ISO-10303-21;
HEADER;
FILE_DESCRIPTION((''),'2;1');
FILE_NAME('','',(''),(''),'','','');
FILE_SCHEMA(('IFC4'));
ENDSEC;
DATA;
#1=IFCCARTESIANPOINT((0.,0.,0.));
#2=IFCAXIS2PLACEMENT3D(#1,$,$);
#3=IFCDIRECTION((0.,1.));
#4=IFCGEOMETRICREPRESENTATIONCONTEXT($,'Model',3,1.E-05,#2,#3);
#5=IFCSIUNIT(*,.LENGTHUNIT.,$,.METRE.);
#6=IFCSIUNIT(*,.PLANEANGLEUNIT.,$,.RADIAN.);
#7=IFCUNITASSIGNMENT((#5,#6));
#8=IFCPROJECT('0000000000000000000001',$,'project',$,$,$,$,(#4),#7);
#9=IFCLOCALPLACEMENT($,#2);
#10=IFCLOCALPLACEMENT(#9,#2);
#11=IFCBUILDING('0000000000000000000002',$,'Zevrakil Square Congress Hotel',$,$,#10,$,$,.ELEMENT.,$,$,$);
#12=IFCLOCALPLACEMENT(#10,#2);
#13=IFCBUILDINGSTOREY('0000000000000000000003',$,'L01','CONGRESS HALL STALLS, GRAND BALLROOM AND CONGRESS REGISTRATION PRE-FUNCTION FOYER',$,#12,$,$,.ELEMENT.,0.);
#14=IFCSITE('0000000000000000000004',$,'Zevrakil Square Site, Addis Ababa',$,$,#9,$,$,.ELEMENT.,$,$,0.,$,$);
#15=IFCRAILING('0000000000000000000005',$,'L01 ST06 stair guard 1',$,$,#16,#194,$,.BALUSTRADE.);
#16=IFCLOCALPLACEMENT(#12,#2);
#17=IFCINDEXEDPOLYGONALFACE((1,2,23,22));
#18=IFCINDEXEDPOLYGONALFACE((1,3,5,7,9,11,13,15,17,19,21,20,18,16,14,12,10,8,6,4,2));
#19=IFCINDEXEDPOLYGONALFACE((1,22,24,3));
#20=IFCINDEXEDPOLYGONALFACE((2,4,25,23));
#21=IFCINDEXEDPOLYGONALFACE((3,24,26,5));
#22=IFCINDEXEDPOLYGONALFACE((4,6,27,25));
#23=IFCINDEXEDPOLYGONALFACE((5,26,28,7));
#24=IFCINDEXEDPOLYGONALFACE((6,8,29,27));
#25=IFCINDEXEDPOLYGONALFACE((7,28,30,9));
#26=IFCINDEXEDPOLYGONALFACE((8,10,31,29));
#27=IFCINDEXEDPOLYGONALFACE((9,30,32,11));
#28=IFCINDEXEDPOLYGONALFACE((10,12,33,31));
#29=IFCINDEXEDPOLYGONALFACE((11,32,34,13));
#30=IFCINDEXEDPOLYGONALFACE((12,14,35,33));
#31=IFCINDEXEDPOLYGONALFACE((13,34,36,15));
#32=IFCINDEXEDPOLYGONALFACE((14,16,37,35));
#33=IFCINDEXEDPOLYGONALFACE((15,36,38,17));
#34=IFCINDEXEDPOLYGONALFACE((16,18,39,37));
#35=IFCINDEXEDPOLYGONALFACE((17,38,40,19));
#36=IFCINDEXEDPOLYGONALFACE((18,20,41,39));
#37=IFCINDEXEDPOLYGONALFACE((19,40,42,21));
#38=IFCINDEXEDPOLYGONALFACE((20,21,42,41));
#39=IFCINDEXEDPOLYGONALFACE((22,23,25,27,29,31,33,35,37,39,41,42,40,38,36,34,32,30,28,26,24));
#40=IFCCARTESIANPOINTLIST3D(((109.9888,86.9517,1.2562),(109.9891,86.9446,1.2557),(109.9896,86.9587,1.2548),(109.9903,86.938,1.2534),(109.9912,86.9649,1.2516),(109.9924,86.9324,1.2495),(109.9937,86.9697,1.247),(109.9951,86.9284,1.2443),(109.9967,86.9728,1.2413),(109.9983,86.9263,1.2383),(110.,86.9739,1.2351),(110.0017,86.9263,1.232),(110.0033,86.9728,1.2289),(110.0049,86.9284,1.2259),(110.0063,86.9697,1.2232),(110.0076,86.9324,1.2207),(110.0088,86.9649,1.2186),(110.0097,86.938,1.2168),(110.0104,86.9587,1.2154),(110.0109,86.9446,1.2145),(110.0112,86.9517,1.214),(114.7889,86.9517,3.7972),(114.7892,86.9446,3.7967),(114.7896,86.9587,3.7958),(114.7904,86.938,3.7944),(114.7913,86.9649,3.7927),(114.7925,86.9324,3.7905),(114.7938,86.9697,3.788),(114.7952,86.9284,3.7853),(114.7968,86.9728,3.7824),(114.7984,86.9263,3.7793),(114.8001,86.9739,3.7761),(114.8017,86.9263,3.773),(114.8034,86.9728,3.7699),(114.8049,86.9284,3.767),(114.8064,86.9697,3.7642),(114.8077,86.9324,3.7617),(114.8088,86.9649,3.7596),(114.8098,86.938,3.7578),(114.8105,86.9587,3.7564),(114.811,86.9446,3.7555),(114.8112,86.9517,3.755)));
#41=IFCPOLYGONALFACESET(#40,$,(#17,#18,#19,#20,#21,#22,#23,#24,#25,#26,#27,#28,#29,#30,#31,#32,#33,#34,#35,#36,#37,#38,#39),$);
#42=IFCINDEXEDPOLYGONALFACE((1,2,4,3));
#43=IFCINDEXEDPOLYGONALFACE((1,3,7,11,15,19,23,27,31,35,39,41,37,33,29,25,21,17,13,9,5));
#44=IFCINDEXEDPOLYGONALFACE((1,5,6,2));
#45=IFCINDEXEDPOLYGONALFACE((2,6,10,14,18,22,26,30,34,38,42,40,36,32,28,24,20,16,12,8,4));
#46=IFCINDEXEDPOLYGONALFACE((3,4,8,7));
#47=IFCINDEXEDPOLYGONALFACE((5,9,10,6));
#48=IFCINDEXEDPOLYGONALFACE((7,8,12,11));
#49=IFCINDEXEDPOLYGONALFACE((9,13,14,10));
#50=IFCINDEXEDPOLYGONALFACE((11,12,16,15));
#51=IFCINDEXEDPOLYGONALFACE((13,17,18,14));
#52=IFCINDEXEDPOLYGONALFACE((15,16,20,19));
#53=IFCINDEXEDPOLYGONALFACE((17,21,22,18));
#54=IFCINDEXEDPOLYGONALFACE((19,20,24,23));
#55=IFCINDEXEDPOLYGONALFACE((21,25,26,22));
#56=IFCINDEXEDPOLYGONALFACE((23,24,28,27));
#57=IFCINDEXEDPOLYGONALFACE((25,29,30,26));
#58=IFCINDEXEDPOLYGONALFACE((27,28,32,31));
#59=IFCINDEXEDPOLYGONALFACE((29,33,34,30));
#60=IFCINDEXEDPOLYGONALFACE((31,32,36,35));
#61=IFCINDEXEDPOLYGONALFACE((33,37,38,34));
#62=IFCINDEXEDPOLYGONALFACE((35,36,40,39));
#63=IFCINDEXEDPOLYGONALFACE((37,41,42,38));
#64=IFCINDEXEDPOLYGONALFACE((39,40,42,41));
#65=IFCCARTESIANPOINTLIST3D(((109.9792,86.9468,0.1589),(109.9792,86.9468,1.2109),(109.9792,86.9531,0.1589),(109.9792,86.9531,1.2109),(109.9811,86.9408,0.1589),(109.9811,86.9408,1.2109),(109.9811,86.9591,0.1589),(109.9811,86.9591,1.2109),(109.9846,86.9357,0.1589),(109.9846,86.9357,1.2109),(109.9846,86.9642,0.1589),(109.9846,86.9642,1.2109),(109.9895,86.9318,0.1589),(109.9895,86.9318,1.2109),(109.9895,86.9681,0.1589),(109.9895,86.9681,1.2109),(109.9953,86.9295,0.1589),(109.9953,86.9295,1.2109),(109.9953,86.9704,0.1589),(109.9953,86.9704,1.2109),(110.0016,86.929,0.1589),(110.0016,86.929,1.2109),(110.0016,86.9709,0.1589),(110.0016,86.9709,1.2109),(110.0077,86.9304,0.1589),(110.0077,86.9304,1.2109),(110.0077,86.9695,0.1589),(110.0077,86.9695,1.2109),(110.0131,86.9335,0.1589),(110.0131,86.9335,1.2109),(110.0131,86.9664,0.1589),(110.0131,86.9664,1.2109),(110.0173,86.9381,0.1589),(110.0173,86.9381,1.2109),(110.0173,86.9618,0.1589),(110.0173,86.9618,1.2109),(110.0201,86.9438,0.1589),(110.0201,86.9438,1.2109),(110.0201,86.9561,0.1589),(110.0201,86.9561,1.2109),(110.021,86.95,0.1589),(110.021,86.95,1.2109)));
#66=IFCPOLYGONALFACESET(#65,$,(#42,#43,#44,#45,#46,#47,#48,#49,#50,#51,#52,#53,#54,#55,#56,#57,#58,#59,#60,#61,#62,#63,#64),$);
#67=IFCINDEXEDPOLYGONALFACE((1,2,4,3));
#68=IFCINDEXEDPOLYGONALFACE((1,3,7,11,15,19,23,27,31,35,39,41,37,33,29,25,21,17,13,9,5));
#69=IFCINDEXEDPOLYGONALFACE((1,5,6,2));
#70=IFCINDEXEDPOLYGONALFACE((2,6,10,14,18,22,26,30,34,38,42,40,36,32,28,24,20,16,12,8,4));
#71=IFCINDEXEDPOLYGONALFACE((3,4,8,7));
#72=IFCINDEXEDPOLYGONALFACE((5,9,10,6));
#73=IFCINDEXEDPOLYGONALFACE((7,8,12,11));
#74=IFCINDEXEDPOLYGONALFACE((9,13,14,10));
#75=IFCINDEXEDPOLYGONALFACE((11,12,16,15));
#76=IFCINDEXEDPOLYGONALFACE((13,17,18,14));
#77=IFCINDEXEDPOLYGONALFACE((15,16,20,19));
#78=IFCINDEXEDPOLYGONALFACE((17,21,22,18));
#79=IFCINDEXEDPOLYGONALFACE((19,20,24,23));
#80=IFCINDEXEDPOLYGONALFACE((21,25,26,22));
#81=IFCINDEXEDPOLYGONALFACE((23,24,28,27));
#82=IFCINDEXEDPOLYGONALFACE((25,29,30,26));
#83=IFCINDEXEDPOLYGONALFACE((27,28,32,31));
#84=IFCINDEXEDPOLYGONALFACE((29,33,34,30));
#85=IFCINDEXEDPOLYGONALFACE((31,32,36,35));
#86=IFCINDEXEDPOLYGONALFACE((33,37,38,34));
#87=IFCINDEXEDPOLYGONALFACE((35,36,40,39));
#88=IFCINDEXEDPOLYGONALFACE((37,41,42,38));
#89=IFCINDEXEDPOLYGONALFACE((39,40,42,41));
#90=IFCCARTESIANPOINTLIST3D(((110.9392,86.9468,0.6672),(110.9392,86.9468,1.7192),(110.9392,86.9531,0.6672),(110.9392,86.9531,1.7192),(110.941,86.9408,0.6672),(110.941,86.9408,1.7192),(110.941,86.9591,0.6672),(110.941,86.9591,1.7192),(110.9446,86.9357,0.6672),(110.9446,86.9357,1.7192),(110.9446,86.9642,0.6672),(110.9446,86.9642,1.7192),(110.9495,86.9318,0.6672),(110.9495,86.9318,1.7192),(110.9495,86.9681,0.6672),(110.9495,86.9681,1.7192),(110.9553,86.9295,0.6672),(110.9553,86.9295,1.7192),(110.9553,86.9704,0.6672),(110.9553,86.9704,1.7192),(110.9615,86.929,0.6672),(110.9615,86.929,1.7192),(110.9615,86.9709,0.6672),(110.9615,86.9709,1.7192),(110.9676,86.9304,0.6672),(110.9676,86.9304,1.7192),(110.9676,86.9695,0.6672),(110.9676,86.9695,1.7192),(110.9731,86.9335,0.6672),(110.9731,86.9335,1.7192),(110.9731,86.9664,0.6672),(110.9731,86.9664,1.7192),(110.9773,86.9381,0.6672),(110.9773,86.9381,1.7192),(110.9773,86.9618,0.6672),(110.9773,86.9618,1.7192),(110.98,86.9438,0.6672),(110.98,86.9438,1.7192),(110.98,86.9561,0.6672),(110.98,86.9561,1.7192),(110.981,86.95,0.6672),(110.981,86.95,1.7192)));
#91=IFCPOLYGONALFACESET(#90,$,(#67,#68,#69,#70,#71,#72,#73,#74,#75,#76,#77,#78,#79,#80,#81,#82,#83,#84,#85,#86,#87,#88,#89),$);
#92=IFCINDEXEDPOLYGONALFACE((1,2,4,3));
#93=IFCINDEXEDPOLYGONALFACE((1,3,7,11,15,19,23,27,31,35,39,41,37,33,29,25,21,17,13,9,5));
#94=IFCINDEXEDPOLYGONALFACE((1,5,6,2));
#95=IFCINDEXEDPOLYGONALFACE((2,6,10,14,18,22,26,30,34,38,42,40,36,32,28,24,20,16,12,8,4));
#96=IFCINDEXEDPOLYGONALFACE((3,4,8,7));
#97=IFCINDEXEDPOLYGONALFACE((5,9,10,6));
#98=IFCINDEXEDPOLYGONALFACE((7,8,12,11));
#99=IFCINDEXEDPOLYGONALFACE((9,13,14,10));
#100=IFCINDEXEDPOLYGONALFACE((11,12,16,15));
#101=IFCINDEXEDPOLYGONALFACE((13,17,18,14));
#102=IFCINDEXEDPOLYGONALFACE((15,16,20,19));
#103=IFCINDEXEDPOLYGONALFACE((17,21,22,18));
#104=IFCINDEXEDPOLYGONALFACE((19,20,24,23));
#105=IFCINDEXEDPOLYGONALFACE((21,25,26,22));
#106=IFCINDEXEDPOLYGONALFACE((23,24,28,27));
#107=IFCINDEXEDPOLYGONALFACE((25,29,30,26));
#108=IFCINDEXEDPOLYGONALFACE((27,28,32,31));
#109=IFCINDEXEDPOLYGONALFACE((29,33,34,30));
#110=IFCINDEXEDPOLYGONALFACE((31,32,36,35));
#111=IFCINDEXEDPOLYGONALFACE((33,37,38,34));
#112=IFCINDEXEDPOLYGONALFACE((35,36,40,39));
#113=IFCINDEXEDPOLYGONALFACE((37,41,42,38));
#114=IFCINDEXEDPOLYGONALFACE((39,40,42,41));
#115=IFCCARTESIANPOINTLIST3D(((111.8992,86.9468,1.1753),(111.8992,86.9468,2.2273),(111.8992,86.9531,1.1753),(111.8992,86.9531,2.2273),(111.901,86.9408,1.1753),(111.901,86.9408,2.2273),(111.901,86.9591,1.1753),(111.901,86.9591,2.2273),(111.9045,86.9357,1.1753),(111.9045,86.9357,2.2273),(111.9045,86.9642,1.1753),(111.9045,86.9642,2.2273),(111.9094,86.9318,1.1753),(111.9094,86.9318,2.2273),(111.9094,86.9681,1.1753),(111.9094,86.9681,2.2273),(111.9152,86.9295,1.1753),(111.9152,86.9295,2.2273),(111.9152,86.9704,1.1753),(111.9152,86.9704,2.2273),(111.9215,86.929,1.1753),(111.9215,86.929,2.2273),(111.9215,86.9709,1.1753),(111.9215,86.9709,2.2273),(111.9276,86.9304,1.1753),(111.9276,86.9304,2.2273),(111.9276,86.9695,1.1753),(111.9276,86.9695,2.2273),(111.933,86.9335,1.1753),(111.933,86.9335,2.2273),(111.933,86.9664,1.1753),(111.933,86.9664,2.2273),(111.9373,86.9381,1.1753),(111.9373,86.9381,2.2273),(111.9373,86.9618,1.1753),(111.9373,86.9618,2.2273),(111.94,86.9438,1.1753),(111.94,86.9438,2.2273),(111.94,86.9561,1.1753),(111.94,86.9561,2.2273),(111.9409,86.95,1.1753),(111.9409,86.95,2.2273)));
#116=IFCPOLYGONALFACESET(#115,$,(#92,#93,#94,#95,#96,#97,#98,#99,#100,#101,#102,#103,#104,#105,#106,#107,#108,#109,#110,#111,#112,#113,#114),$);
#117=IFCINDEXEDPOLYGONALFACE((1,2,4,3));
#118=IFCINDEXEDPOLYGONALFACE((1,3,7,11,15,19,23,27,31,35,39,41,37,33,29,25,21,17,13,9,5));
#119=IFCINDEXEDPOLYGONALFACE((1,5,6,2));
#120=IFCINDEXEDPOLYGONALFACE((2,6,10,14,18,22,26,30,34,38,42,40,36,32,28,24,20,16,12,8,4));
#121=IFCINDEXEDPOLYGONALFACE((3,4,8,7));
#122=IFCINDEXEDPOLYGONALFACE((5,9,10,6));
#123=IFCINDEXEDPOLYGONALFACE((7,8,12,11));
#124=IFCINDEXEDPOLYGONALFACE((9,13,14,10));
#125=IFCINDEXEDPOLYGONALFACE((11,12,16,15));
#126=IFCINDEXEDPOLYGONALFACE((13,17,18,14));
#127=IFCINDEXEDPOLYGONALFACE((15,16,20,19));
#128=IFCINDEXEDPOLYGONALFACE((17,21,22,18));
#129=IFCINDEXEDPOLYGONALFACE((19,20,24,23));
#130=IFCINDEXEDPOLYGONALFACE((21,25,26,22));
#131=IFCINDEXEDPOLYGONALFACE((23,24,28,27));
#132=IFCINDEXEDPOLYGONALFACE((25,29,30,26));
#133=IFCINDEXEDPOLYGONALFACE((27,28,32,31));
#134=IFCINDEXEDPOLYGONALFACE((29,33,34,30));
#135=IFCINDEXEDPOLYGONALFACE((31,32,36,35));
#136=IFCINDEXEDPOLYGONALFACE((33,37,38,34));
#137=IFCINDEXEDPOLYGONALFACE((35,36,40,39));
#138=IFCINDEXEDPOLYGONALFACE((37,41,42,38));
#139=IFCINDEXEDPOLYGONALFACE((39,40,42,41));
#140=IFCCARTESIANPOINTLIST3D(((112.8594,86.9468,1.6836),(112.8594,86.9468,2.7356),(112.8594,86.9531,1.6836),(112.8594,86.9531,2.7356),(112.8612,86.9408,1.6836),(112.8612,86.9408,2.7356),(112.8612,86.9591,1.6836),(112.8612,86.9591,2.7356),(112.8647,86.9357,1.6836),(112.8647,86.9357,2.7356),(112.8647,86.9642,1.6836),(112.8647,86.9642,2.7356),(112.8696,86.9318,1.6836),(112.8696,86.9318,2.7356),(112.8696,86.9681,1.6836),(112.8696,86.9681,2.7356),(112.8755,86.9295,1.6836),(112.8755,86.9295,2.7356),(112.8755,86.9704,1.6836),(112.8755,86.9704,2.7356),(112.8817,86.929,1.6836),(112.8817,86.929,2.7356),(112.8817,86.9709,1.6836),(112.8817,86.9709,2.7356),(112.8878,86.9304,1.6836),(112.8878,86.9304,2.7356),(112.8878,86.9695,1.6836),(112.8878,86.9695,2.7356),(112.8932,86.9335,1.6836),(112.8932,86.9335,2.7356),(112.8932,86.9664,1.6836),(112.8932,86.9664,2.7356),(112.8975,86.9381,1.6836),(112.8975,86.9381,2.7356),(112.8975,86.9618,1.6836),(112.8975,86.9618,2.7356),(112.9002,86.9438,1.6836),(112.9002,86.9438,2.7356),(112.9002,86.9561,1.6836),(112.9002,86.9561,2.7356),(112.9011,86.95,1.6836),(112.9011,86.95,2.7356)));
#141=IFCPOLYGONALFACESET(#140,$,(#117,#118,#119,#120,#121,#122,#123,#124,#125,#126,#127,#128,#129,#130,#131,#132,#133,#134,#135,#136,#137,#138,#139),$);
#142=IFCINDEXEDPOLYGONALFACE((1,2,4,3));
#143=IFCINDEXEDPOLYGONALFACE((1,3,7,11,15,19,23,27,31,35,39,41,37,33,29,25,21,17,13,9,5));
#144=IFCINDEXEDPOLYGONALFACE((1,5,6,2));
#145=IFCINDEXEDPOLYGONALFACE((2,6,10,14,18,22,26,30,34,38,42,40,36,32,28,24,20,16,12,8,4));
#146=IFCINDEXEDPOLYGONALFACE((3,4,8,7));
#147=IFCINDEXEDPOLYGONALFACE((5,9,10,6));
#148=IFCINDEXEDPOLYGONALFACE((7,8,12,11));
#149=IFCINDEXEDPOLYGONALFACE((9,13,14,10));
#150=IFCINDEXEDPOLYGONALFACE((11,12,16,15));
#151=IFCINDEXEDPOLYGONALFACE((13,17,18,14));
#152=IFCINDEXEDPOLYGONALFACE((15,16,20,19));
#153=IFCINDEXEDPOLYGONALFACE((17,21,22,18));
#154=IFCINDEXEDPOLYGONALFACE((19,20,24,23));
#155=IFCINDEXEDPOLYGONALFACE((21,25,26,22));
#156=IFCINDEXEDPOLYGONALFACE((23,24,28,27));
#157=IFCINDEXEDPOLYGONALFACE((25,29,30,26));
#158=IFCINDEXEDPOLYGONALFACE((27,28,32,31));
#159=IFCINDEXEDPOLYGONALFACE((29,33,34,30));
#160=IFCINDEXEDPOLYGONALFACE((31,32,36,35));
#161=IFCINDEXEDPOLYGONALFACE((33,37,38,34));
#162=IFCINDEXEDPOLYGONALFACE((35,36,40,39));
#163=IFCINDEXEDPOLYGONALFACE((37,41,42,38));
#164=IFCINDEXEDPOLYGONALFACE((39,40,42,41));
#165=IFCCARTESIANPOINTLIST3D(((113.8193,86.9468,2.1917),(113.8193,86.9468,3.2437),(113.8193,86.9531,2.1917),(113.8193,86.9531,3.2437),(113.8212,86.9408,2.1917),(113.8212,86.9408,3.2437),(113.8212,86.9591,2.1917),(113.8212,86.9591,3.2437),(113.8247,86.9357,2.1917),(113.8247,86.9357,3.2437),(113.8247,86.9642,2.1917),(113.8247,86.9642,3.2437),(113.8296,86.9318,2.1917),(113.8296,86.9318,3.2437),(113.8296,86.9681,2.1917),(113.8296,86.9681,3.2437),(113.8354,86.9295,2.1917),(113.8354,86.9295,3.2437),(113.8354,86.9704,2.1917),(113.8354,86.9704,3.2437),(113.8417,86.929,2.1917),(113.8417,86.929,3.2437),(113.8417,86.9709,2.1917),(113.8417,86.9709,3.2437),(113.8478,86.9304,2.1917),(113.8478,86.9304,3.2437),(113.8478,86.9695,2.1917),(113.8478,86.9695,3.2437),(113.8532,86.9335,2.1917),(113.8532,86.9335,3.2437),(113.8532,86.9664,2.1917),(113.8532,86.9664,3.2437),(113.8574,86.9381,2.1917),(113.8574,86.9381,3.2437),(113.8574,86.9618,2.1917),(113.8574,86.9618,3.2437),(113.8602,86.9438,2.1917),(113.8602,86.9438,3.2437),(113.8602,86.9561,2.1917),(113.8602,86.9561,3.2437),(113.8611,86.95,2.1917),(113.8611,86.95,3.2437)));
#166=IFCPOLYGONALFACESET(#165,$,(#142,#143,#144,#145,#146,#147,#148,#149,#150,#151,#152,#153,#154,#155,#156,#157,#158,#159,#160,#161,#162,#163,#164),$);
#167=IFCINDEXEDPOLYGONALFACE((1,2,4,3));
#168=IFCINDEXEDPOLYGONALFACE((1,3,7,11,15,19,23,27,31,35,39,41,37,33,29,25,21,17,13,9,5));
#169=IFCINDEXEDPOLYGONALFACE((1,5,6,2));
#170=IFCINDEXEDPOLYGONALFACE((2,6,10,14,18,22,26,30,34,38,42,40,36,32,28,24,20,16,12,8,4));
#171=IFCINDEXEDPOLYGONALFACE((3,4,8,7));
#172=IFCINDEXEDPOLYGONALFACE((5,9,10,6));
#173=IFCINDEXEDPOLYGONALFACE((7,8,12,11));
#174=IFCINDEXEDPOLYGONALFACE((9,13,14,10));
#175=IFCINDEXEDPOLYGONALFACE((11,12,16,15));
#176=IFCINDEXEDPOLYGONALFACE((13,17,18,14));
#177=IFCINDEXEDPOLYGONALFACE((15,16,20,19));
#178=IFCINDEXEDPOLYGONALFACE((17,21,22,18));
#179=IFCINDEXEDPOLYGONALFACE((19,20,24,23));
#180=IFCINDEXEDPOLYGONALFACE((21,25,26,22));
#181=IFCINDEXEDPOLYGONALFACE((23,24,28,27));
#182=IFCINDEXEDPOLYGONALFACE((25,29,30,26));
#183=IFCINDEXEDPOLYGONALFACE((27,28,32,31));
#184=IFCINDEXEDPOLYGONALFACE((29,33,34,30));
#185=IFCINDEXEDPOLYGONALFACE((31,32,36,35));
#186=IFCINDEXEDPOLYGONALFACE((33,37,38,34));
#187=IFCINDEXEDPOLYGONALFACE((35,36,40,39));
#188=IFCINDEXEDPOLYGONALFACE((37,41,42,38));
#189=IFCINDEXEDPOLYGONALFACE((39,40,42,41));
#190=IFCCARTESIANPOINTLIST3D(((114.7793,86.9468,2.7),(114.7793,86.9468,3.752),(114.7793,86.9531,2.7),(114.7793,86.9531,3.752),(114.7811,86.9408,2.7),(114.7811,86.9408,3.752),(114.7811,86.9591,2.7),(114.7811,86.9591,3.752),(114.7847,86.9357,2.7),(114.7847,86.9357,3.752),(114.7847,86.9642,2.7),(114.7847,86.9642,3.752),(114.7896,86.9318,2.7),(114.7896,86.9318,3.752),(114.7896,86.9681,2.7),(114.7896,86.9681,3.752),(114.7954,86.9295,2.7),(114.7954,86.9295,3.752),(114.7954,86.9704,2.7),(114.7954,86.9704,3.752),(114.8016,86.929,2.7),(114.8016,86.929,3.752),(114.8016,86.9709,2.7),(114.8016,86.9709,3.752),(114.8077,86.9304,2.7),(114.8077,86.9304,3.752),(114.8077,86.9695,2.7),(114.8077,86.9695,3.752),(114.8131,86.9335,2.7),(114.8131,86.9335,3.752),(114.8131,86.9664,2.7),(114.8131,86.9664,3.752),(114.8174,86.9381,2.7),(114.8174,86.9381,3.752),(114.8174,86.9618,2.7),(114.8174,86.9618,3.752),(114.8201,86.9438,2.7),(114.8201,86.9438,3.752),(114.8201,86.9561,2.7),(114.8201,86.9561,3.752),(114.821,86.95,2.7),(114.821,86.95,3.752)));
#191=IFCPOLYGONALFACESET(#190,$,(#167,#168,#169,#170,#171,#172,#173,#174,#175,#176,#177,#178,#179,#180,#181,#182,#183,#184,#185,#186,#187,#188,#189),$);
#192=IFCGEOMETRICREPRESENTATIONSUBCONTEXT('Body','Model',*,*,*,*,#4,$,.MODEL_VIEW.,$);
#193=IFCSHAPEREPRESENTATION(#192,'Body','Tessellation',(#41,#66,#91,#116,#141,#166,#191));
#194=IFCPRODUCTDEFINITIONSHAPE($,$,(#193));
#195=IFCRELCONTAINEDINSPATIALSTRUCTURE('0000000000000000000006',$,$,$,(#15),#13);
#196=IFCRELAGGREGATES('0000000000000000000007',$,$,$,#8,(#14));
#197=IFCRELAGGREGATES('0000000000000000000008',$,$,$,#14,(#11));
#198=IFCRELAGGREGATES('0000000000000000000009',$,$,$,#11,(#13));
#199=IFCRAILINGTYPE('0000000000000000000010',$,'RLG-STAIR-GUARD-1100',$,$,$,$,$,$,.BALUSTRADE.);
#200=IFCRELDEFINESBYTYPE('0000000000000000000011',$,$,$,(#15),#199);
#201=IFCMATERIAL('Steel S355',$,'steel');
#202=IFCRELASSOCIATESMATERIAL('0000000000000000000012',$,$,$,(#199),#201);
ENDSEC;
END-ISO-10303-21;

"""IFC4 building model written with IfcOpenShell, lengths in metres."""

from ifc_helpers import new_model, si_unit, direction, frame, origin, origin_2d, place, context, subcontext, project, spatial, circle, extrude, material, type_object, element, save


model = new_model("IFC4")

# Units and contexts
model_context = context("Model", 3, precision=1e-05, world=origin(), true_north=direction((0.0, 1.0)))
body_context = subcontext(model_context, "Body", "Model", "MODEL_VIEW")
ifc_project = project(units=[si_unit("LENGTHUNIT", "METRE"), si_unit("PLANEANGLEUNIT", "RADIAN")], contexts=[model_context])

# Site, building, storey
site_placement = place(None, origin())
site = spatial("IfcSite", under=ifc_project, at=site_placement, Name="Zevrakil Square Site, Addis Ababa", CompositionType="ELEMENT", RefElevation=0.0)
building_placement = place(site_placement, origin())
building = spatial("IfcBuilding", under=site, at=building_placement, Name="Zevrakil Square Congress Hotel", CompositionType="ELEMENT")
storey_placement = place(building_placement, origin())
storey = spatial("IfcBuildingStorey", under=building, at=storey_placement, Name="L01", Description="CONGRESS HALL STALLS, GRAND BALLROOM AND CONGRESS REGISTRATION PRE-FUNCTION FOYER", CompositionType="ELEMENT", Elevation=0.0)

# Railing
ifc_material_1 = material(Name="Steel S355", Category="steel")
railing_type_1 = type_object("IfcRailingType", Name="RLG-STAIR-GUARD-1100", PredefinedType="BALUSTRADE", material=ifc_material_1)
railing_1_placement = place(storey_placement, frame((110.0, 86.95, 0.1589)))
element("IfcRailing", 1, at=railing_1_placement, inside=storey, type_object=railing_type_1, Name="L01 ST06 stair guard 1", PredefinedType="BALUSTRADE", context=body_context, shape_type="SweptSolid", body=[
    extrude(circle(Radius=0.0239, at=origin_2d()), frame((0.0, 0.0, 1.0762), z_axis=(0.883802, 0.0, 0.467861), x_axis=(0.0, 1.0, 0.0)), (0.0, 0.0, 1.0), 5.4312),
    extrude(circle(Radius=0.021, at=origin_2d()), origin(), (0.0, 0.0, 1.0), 1.052),
    extrude(circle(Radius=0.021, at=origin_2d()), frame((0.96, 0.0, 0.5083)), (0.0, 0.0, 1.0), 1.052),
    extrude(circle(Radius=0.021, at=origin_2d()), frame((1.9199, 0.0, 1.0164)), (0.0, 0.0, 1.0), 1.052),
    extrude(circle(Radius=0.021, at=origin_2d()), frame((2.8801, 0.0, 1.5247)), (0.0, 0.0, 1.0), 1.052),
    extrude(circle(Radius=0.021, at=origin_2d()), frame((3.8401, 0.0, 2.0327)), (0.0, 0.0, 1.0), 1.052),
    extrude(circle(Radius=0.021, at=origin_2d()), frame((4.8, 0.0, 2.541)), (0.0, 0.0, 1.0), 1.052),
])

save(model, "model.ifc")
